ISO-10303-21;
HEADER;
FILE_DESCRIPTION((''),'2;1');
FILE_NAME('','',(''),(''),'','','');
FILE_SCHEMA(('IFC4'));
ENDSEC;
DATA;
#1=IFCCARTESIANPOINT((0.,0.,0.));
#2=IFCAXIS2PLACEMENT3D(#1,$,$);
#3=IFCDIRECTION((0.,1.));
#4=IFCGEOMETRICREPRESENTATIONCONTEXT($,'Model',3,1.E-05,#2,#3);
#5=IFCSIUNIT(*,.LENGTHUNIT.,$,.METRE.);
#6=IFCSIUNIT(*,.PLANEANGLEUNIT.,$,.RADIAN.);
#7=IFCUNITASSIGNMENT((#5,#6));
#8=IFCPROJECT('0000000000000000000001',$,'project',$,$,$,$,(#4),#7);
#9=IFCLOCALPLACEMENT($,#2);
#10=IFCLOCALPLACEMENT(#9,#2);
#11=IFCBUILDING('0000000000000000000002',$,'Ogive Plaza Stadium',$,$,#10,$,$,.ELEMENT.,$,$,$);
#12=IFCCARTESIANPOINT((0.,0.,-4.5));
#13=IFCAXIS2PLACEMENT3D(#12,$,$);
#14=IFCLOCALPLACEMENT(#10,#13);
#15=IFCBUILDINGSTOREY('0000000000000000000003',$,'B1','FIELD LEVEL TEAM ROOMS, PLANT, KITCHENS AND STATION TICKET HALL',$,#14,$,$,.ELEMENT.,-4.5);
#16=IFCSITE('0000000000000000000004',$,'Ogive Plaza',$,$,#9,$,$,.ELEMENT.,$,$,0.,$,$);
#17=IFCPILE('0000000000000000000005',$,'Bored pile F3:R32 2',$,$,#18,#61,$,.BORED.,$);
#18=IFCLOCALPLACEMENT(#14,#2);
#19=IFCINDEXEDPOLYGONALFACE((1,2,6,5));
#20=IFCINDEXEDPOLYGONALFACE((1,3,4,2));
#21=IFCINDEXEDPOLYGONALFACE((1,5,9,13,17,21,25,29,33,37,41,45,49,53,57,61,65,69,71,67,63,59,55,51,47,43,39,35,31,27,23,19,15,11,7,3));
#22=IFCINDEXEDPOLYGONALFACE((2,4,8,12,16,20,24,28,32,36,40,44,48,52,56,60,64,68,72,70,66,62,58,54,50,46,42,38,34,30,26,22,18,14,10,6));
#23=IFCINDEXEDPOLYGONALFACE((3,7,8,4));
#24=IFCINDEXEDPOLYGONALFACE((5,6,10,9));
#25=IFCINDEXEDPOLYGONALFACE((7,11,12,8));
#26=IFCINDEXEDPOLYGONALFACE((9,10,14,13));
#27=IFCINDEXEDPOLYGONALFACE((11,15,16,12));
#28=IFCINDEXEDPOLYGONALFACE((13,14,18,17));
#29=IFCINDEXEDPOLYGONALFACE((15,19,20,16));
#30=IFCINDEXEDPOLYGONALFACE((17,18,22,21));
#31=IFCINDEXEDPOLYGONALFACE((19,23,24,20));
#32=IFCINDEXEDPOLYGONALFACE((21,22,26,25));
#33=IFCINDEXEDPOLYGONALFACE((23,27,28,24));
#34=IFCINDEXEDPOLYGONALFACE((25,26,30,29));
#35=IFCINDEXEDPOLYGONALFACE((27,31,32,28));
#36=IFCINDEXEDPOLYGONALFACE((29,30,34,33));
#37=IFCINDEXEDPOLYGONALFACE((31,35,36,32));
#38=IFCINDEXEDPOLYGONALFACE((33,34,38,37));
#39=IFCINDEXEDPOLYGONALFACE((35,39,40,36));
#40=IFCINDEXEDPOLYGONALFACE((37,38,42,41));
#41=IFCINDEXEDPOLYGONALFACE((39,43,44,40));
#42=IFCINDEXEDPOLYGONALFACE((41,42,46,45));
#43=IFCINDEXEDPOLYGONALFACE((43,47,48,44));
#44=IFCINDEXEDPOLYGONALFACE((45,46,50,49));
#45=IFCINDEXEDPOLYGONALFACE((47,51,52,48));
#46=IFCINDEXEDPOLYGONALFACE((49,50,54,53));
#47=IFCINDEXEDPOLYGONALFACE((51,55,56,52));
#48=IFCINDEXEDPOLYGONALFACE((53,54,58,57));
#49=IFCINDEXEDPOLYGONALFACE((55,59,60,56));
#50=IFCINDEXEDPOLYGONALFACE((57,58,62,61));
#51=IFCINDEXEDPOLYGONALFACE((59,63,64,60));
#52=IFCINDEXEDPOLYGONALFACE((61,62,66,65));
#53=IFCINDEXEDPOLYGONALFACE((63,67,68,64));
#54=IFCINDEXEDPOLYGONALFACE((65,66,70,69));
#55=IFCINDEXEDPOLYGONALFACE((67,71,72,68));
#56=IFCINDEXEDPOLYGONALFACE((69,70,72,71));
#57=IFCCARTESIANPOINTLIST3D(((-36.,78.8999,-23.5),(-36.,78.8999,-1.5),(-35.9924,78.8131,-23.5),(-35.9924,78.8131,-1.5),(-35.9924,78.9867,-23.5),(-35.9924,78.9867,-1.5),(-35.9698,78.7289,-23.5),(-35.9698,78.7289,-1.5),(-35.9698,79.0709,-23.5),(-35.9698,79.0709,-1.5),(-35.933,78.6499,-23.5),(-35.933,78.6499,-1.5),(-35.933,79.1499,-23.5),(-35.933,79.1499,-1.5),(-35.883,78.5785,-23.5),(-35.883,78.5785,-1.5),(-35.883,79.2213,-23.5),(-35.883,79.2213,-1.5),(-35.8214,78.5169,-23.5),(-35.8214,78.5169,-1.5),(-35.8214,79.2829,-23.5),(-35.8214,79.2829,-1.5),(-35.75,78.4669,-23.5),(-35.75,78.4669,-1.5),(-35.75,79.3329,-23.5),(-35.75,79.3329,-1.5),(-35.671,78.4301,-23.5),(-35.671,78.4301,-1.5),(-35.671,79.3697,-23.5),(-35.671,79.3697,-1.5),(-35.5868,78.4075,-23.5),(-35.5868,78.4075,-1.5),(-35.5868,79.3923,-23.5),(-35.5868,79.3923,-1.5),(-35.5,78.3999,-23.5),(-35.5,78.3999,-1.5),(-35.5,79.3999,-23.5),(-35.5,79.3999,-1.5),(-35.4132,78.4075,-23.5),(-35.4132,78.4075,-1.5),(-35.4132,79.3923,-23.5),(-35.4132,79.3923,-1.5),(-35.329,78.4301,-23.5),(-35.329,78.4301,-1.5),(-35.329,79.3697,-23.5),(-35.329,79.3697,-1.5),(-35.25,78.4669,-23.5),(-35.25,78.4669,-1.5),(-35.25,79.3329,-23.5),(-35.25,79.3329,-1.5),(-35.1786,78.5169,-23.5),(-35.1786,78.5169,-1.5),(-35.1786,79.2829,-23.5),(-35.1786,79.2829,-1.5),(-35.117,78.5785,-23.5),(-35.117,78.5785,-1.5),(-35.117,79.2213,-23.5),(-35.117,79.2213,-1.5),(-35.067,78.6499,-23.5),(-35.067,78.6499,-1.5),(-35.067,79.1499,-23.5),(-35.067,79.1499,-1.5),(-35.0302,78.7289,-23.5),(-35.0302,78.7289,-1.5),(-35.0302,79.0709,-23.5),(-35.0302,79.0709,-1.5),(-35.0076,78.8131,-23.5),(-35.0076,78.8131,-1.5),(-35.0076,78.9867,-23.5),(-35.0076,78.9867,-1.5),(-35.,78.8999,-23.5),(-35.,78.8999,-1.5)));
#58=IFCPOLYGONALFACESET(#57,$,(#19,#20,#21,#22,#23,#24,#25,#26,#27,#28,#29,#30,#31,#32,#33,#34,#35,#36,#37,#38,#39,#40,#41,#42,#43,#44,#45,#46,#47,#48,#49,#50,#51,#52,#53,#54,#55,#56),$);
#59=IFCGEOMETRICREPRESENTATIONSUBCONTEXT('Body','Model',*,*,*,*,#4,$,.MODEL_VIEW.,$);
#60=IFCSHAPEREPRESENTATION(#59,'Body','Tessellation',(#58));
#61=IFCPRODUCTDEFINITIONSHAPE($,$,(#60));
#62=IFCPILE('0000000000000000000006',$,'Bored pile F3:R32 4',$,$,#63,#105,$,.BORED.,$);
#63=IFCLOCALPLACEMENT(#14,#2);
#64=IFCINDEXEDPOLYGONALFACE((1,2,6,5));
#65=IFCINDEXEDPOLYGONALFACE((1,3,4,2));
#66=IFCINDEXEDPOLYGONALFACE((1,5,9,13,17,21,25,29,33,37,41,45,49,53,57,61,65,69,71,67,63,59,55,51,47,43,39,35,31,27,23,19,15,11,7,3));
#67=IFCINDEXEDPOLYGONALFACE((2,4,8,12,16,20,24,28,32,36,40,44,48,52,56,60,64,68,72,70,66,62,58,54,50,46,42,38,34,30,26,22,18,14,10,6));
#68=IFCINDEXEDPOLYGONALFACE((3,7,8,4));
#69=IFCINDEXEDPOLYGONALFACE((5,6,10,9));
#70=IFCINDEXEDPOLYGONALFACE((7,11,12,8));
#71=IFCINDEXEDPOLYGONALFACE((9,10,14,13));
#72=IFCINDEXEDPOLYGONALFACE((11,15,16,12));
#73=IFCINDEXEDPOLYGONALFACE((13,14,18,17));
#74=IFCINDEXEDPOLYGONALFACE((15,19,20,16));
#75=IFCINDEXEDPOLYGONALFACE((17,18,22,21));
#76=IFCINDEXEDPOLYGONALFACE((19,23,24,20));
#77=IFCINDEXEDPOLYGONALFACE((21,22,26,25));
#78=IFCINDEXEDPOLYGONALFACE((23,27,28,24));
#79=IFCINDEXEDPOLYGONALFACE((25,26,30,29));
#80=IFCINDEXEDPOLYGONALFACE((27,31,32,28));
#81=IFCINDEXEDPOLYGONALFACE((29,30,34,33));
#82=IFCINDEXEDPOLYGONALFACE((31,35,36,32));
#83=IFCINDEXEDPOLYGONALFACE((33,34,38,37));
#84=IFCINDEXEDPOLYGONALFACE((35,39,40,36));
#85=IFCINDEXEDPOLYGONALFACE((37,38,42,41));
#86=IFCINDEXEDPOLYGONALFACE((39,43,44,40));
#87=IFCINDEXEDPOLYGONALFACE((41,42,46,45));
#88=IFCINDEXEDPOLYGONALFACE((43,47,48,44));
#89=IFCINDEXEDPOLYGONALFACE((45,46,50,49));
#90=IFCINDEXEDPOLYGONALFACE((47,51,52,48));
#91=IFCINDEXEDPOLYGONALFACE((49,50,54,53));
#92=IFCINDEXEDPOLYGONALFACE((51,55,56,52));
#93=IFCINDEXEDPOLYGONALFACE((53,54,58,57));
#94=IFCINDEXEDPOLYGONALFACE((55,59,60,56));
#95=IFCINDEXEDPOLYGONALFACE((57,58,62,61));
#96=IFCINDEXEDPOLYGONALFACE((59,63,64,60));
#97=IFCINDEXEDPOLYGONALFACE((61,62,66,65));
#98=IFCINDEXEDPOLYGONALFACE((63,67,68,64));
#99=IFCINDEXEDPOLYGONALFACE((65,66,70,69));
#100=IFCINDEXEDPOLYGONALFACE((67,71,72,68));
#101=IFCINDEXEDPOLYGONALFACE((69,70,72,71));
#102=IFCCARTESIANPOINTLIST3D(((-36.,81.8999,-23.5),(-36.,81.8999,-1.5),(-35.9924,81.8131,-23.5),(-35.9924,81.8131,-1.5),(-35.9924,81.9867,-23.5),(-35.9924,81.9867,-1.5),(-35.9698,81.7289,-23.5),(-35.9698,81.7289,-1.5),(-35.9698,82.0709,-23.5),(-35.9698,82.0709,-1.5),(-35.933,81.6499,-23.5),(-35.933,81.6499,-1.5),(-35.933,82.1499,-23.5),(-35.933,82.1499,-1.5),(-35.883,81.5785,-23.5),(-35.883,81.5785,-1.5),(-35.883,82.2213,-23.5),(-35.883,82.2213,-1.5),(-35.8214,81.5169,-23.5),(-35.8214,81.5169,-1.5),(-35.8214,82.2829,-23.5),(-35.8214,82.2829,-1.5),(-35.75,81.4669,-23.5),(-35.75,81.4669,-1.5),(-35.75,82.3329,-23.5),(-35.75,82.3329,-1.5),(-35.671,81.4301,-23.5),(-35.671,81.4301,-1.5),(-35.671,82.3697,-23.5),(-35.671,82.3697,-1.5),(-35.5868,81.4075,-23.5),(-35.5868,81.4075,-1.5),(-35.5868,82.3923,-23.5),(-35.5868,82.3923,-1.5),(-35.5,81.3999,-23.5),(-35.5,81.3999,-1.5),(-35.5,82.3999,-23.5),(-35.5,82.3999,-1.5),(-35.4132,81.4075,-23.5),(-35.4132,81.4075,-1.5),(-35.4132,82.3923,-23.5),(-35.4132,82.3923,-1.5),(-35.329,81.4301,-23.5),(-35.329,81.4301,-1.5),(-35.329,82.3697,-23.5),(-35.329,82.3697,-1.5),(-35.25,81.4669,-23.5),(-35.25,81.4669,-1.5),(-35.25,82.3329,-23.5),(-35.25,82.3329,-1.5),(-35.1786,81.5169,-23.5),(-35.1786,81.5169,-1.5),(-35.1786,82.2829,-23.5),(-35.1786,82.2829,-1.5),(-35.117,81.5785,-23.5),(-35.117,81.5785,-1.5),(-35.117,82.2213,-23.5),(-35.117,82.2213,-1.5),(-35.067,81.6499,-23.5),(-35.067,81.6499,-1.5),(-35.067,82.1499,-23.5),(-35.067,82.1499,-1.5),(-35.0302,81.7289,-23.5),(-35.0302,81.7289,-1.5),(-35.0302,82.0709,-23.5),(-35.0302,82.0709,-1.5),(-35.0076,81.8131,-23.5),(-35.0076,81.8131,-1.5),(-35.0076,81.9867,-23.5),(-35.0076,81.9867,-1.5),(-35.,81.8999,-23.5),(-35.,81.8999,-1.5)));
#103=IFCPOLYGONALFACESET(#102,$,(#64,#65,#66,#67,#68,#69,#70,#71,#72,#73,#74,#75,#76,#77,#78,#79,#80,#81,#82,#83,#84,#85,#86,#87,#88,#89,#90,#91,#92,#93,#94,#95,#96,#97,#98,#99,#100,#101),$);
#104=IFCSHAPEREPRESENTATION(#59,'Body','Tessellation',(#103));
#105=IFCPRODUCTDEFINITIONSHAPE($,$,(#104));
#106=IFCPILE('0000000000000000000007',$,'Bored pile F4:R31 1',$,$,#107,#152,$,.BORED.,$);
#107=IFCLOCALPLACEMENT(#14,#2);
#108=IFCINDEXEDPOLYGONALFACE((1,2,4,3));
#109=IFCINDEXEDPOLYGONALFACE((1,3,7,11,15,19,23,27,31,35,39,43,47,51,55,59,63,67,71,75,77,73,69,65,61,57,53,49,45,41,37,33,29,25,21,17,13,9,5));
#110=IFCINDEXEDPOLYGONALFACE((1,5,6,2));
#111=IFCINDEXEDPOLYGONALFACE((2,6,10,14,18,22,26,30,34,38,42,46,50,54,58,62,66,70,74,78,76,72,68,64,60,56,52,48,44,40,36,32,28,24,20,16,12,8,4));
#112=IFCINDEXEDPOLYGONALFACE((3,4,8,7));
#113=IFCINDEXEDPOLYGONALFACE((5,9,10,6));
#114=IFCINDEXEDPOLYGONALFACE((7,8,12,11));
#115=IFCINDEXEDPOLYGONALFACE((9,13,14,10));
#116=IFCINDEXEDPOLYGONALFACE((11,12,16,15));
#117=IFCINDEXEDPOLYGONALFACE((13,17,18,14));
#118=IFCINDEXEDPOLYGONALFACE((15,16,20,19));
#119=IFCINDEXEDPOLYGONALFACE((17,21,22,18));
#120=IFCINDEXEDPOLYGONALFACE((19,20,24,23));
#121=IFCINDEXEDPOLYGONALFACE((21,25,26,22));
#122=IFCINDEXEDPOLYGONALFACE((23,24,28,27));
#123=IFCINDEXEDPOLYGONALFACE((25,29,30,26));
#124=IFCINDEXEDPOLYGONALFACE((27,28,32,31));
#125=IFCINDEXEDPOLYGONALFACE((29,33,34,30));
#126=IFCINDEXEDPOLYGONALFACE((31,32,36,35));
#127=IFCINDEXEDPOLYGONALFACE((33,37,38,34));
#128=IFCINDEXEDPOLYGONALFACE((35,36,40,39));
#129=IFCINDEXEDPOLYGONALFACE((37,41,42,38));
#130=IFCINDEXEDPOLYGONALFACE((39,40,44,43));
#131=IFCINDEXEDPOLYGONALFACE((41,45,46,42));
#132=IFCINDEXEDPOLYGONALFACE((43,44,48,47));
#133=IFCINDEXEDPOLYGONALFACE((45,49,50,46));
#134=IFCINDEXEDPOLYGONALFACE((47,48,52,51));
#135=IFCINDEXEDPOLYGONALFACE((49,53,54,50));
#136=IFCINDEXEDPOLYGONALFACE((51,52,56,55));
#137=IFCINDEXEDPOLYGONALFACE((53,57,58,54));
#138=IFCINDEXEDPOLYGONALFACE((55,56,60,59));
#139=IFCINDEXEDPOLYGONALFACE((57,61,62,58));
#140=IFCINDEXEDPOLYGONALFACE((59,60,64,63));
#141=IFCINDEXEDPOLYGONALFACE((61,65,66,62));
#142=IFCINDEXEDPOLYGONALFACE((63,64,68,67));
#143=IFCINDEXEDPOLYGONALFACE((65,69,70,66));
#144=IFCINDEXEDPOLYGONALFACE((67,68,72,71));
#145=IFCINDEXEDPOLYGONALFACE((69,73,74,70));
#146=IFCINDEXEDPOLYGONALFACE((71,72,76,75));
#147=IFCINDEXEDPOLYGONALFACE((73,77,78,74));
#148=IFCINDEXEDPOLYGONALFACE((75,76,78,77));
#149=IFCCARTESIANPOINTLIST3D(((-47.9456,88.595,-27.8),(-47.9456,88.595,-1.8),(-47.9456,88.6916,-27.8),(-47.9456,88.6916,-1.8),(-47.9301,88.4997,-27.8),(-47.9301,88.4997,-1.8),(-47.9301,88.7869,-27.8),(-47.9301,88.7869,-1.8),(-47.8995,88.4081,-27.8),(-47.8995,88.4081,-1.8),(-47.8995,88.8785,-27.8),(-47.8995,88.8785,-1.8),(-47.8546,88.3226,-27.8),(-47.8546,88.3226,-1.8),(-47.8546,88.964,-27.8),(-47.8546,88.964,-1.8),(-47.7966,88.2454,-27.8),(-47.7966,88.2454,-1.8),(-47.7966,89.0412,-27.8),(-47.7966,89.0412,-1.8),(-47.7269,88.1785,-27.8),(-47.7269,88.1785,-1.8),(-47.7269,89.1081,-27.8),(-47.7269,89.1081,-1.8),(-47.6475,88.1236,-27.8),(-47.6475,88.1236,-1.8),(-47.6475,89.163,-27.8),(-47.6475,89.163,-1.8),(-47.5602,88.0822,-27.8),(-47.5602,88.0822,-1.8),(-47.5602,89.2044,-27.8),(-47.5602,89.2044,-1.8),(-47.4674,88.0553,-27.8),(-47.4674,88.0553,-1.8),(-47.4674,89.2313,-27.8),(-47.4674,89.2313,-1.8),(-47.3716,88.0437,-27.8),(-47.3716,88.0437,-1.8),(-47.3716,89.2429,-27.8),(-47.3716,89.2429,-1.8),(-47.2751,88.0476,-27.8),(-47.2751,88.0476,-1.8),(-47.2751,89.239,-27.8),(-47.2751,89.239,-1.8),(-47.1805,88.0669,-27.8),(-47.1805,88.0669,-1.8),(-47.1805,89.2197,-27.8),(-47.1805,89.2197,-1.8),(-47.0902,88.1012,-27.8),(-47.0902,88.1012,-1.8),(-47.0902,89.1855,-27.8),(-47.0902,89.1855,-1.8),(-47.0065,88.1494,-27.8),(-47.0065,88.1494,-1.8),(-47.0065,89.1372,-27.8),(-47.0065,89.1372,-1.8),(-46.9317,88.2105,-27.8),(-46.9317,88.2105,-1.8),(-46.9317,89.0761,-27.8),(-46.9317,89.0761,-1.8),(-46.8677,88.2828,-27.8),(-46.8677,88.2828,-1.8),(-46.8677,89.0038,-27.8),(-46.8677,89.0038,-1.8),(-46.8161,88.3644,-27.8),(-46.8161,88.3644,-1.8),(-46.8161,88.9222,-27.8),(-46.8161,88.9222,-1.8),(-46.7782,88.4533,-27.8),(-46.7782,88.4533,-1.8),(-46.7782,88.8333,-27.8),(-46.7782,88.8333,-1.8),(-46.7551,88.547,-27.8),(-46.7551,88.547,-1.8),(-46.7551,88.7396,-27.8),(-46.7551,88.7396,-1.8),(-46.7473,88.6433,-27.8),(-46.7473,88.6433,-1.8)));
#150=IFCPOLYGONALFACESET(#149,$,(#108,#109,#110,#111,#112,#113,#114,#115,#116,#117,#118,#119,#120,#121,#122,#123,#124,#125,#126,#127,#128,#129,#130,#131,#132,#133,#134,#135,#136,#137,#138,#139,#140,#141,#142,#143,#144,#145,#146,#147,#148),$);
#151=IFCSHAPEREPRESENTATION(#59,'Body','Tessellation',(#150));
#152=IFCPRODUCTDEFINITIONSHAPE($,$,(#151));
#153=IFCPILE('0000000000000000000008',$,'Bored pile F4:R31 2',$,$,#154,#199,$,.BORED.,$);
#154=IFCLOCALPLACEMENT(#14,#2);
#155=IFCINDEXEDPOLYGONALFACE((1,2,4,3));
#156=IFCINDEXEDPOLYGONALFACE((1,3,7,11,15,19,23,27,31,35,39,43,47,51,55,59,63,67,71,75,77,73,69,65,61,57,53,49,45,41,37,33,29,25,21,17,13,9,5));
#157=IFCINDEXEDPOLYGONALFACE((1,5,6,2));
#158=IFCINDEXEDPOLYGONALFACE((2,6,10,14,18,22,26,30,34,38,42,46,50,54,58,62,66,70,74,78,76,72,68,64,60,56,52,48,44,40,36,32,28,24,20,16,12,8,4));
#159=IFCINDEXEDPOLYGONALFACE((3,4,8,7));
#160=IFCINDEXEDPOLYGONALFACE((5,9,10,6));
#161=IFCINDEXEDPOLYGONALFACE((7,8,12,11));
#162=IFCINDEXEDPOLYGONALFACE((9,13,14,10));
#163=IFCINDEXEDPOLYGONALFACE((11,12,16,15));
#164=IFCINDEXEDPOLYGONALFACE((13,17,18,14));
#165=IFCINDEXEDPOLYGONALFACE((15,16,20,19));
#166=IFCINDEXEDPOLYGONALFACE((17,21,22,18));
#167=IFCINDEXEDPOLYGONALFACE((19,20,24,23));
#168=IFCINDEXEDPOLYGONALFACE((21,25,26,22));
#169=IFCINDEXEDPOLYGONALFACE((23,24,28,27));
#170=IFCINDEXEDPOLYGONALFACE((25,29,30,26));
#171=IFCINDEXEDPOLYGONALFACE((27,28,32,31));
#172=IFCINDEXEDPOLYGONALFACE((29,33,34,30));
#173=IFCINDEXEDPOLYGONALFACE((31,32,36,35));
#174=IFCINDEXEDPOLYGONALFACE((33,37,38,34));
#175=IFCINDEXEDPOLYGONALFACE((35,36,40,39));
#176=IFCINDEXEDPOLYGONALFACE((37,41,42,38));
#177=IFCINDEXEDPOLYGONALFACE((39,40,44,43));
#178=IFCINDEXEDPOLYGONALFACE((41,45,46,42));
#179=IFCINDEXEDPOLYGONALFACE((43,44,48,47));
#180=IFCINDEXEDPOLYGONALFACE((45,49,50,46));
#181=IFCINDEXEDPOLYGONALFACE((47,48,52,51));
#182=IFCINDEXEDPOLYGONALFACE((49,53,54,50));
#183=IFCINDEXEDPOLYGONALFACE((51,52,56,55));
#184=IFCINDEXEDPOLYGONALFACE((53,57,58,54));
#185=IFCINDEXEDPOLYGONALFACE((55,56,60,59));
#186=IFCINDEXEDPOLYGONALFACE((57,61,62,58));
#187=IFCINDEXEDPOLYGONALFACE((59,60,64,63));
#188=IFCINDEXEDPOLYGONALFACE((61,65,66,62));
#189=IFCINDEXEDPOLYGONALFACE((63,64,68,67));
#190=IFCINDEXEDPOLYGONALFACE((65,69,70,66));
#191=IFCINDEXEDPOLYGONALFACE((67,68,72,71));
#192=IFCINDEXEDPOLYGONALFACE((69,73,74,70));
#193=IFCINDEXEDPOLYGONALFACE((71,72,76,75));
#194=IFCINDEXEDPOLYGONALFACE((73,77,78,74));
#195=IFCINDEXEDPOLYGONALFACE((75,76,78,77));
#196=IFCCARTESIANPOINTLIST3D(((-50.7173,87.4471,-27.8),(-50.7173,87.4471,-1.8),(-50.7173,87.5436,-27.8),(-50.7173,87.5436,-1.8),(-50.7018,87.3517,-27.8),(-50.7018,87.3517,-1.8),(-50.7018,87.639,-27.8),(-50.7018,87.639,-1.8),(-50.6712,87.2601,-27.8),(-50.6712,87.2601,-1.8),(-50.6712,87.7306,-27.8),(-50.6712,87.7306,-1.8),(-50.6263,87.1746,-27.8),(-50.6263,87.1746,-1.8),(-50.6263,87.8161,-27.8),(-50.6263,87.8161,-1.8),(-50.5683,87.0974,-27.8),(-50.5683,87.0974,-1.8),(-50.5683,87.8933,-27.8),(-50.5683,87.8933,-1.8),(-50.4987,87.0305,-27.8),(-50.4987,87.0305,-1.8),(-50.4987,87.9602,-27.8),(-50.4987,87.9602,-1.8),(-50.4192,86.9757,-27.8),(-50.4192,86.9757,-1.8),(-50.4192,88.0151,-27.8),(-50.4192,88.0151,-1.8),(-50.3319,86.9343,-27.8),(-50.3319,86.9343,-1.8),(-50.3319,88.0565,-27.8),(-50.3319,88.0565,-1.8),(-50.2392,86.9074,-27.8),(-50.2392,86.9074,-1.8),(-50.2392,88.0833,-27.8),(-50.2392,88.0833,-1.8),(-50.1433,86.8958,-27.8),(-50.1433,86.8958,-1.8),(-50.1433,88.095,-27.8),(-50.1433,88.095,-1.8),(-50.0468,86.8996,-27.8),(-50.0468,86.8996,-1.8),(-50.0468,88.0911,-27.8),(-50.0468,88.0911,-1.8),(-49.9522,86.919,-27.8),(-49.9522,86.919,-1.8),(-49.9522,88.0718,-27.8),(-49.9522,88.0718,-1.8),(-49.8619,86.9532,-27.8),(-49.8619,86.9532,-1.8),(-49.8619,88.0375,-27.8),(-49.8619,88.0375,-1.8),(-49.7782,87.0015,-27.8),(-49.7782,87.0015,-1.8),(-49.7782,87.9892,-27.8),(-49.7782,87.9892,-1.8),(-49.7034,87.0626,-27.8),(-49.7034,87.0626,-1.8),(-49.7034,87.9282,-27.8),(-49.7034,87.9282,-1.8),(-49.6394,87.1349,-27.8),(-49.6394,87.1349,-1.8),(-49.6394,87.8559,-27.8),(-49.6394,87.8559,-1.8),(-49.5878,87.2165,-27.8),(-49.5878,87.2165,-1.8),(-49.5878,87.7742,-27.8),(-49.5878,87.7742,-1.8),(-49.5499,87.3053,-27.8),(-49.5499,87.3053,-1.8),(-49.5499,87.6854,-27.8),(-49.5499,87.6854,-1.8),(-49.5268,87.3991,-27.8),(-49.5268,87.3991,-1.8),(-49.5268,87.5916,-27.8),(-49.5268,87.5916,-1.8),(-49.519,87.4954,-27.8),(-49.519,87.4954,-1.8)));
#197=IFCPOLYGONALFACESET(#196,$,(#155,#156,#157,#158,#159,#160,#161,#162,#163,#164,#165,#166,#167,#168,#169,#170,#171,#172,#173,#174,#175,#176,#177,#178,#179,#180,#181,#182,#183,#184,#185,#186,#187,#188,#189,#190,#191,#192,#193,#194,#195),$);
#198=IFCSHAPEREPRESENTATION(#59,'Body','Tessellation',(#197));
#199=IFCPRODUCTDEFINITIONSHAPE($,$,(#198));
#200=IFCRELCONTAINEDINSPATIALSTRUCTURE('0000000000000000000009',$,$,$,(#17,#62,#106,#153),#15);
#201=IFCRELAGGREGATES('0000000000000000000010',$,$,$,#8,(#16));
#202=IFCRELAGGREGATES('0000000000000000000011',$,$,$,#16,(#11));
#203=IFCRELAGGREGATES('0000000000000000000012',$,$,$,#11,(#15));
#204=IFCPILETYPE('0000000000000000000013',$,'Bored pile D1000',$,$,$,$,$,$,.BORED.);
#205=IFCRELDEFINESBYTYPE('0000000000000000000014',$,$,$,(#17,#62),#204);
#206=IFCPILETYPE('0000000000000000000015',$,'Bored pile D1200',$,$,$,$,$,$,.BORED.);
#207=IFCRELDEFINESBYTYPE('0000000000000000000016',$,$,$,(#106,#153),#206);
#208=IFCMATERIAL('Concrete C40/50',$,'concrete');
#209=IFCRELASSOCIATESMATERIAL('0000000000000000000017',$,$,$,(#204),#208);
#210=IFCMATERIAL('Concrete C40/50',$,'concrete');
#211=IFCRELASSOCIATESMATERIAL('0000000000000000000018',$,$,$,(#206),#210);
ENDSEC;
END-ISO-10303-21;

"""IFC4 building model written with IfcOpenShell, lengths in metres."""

from ifc_helpers import new_model, si_unit, direction, frame, origin, origin_2d, place, context, subcontext, project, spatial, circle, extrude, material, material_profile, profile_set, type_object, element, save


model = new_model("IFC4")

# Units and contexts
model_context = context("Model", 3, precision=1e-05, world=origin(), true_north=direction((0.0, 1.0)))
body_context = subcontext(model_context, "Body", "Model", "MODEL_VIEW")
ifc_project = project(units=[si_unit("LENGTHUNIT", "METRE"), si_unit("PLANEANGLEUNIT", "RADIAN")], contexts=[model_context])

# Site, building, storey
site_placement = place(None, origin())
site = spatial("IfcSite", under=ifc_project, at=site_placement, Name="Ogive Plaza", CompositionType="ELEMENT", RefElevation=0.0)
building_placement = place(site_placement, origin())
building = spatial("IfcBuilding", under=site, at=building_placement, Name="Ogive Plaza Stadium", CompositionType="ELEMENT")
storey_placement = place(building_placement, frame((0.0, 0.0, -4.5)))
storey = spatial("IfcBuildingStorey", under=building, at=storey_placement, Name="B1", Description="FIELD LEVEL TEAM ROOMS, PLANT, KITCHENS AND STATION TICKET HALL", CompositionType="ELEMENT", Elevation=-4.5)

# Piles
ifc_material_1 = material(Name="Concrete C40/50", Category="concrete")
ifc_material_profile_1 = material_profile(ifc_material_1, circle(Radius=0.5, at=origin_2d()), Name="RC D1000")
ifc_profile_set_1 = profile_set([ifc_material_profile_1], Name="Concrete C40/50")
pile_type_1 = type_object("IfcPileType", Name="Bored pile D1000", PredefinedType="BORED", material=ifc_profile_set_1)
for number, where, z_axis, x_axis, name in (
    (1, (-35.5, 78.8999, -1.5), (0.0, 0.0, -1.0), (1.0, 0.0, 0.0), "Bored pile F3:R32 2"),
    (2, (-35.5, 81.8999, -1.5), (0.0, 0.0, -1.0), (1.0, 0.0, 0.0), "Bored pile F3:R32 4"),
):
    element("IfcPile", number, at=place(storey_placement, frame(where, z_axis=z_axis, x_axis=x_axis)), inside=storey, type_object=pile_type_1, Name=name, PredefinedType="BORED", context=body_context, shape_type="SweptSolid", body=[
        extrude(circle(Radius=0.5, at=origin_2d()), origin(), (0.0, 0.0, 1.0), 22.0),
    ])
ifc_material_2 = material(Name="Concrete C40/50", Category="concrete")
ifc_material_profile_2 = material_profile(ifc_material_2, circle(Radius=0.6001, at=origin_2d()), Name="RC D1200")
ifc_profile_set_2 = profile_set([ifc_material_profile_2], Name="Concrete C40/50")
pile_type_2 = type_object("IfcPileType", Name="Bored pile D1200", PredefinedType="BORED", material=ifc_profile_set_2)
for number, where, z_axis, x_axis, name in (
    (3, (-47.3474, 88.6433, -1.8), (0.0, 0.0, -1.0), (1.0, 0.0, 0.0), "Bored pile F4:R31 1"),
    (4, (-50.1191, 87.4954, -1.8), (0.0, 0.0, -1.0), (1.0, 0.0, 0.0), "Bored pile F4:R31 2"),
):
    element("IfcPile", number, at=place(storey_placement, frame(where, z_axis=z_axis, x_axis=x_axis)), inside=storey, type_object=pile_type_2, Name=name, PredefinedType="BORED", context=body_context, shape_type="SweptSolid", body=[
        extrude(circle(Radius=0.6001, at=origin_2d()), origin(), (0.0, 0.0, 1.0), 26.0),
    ])

save(model, "model.ifc")
